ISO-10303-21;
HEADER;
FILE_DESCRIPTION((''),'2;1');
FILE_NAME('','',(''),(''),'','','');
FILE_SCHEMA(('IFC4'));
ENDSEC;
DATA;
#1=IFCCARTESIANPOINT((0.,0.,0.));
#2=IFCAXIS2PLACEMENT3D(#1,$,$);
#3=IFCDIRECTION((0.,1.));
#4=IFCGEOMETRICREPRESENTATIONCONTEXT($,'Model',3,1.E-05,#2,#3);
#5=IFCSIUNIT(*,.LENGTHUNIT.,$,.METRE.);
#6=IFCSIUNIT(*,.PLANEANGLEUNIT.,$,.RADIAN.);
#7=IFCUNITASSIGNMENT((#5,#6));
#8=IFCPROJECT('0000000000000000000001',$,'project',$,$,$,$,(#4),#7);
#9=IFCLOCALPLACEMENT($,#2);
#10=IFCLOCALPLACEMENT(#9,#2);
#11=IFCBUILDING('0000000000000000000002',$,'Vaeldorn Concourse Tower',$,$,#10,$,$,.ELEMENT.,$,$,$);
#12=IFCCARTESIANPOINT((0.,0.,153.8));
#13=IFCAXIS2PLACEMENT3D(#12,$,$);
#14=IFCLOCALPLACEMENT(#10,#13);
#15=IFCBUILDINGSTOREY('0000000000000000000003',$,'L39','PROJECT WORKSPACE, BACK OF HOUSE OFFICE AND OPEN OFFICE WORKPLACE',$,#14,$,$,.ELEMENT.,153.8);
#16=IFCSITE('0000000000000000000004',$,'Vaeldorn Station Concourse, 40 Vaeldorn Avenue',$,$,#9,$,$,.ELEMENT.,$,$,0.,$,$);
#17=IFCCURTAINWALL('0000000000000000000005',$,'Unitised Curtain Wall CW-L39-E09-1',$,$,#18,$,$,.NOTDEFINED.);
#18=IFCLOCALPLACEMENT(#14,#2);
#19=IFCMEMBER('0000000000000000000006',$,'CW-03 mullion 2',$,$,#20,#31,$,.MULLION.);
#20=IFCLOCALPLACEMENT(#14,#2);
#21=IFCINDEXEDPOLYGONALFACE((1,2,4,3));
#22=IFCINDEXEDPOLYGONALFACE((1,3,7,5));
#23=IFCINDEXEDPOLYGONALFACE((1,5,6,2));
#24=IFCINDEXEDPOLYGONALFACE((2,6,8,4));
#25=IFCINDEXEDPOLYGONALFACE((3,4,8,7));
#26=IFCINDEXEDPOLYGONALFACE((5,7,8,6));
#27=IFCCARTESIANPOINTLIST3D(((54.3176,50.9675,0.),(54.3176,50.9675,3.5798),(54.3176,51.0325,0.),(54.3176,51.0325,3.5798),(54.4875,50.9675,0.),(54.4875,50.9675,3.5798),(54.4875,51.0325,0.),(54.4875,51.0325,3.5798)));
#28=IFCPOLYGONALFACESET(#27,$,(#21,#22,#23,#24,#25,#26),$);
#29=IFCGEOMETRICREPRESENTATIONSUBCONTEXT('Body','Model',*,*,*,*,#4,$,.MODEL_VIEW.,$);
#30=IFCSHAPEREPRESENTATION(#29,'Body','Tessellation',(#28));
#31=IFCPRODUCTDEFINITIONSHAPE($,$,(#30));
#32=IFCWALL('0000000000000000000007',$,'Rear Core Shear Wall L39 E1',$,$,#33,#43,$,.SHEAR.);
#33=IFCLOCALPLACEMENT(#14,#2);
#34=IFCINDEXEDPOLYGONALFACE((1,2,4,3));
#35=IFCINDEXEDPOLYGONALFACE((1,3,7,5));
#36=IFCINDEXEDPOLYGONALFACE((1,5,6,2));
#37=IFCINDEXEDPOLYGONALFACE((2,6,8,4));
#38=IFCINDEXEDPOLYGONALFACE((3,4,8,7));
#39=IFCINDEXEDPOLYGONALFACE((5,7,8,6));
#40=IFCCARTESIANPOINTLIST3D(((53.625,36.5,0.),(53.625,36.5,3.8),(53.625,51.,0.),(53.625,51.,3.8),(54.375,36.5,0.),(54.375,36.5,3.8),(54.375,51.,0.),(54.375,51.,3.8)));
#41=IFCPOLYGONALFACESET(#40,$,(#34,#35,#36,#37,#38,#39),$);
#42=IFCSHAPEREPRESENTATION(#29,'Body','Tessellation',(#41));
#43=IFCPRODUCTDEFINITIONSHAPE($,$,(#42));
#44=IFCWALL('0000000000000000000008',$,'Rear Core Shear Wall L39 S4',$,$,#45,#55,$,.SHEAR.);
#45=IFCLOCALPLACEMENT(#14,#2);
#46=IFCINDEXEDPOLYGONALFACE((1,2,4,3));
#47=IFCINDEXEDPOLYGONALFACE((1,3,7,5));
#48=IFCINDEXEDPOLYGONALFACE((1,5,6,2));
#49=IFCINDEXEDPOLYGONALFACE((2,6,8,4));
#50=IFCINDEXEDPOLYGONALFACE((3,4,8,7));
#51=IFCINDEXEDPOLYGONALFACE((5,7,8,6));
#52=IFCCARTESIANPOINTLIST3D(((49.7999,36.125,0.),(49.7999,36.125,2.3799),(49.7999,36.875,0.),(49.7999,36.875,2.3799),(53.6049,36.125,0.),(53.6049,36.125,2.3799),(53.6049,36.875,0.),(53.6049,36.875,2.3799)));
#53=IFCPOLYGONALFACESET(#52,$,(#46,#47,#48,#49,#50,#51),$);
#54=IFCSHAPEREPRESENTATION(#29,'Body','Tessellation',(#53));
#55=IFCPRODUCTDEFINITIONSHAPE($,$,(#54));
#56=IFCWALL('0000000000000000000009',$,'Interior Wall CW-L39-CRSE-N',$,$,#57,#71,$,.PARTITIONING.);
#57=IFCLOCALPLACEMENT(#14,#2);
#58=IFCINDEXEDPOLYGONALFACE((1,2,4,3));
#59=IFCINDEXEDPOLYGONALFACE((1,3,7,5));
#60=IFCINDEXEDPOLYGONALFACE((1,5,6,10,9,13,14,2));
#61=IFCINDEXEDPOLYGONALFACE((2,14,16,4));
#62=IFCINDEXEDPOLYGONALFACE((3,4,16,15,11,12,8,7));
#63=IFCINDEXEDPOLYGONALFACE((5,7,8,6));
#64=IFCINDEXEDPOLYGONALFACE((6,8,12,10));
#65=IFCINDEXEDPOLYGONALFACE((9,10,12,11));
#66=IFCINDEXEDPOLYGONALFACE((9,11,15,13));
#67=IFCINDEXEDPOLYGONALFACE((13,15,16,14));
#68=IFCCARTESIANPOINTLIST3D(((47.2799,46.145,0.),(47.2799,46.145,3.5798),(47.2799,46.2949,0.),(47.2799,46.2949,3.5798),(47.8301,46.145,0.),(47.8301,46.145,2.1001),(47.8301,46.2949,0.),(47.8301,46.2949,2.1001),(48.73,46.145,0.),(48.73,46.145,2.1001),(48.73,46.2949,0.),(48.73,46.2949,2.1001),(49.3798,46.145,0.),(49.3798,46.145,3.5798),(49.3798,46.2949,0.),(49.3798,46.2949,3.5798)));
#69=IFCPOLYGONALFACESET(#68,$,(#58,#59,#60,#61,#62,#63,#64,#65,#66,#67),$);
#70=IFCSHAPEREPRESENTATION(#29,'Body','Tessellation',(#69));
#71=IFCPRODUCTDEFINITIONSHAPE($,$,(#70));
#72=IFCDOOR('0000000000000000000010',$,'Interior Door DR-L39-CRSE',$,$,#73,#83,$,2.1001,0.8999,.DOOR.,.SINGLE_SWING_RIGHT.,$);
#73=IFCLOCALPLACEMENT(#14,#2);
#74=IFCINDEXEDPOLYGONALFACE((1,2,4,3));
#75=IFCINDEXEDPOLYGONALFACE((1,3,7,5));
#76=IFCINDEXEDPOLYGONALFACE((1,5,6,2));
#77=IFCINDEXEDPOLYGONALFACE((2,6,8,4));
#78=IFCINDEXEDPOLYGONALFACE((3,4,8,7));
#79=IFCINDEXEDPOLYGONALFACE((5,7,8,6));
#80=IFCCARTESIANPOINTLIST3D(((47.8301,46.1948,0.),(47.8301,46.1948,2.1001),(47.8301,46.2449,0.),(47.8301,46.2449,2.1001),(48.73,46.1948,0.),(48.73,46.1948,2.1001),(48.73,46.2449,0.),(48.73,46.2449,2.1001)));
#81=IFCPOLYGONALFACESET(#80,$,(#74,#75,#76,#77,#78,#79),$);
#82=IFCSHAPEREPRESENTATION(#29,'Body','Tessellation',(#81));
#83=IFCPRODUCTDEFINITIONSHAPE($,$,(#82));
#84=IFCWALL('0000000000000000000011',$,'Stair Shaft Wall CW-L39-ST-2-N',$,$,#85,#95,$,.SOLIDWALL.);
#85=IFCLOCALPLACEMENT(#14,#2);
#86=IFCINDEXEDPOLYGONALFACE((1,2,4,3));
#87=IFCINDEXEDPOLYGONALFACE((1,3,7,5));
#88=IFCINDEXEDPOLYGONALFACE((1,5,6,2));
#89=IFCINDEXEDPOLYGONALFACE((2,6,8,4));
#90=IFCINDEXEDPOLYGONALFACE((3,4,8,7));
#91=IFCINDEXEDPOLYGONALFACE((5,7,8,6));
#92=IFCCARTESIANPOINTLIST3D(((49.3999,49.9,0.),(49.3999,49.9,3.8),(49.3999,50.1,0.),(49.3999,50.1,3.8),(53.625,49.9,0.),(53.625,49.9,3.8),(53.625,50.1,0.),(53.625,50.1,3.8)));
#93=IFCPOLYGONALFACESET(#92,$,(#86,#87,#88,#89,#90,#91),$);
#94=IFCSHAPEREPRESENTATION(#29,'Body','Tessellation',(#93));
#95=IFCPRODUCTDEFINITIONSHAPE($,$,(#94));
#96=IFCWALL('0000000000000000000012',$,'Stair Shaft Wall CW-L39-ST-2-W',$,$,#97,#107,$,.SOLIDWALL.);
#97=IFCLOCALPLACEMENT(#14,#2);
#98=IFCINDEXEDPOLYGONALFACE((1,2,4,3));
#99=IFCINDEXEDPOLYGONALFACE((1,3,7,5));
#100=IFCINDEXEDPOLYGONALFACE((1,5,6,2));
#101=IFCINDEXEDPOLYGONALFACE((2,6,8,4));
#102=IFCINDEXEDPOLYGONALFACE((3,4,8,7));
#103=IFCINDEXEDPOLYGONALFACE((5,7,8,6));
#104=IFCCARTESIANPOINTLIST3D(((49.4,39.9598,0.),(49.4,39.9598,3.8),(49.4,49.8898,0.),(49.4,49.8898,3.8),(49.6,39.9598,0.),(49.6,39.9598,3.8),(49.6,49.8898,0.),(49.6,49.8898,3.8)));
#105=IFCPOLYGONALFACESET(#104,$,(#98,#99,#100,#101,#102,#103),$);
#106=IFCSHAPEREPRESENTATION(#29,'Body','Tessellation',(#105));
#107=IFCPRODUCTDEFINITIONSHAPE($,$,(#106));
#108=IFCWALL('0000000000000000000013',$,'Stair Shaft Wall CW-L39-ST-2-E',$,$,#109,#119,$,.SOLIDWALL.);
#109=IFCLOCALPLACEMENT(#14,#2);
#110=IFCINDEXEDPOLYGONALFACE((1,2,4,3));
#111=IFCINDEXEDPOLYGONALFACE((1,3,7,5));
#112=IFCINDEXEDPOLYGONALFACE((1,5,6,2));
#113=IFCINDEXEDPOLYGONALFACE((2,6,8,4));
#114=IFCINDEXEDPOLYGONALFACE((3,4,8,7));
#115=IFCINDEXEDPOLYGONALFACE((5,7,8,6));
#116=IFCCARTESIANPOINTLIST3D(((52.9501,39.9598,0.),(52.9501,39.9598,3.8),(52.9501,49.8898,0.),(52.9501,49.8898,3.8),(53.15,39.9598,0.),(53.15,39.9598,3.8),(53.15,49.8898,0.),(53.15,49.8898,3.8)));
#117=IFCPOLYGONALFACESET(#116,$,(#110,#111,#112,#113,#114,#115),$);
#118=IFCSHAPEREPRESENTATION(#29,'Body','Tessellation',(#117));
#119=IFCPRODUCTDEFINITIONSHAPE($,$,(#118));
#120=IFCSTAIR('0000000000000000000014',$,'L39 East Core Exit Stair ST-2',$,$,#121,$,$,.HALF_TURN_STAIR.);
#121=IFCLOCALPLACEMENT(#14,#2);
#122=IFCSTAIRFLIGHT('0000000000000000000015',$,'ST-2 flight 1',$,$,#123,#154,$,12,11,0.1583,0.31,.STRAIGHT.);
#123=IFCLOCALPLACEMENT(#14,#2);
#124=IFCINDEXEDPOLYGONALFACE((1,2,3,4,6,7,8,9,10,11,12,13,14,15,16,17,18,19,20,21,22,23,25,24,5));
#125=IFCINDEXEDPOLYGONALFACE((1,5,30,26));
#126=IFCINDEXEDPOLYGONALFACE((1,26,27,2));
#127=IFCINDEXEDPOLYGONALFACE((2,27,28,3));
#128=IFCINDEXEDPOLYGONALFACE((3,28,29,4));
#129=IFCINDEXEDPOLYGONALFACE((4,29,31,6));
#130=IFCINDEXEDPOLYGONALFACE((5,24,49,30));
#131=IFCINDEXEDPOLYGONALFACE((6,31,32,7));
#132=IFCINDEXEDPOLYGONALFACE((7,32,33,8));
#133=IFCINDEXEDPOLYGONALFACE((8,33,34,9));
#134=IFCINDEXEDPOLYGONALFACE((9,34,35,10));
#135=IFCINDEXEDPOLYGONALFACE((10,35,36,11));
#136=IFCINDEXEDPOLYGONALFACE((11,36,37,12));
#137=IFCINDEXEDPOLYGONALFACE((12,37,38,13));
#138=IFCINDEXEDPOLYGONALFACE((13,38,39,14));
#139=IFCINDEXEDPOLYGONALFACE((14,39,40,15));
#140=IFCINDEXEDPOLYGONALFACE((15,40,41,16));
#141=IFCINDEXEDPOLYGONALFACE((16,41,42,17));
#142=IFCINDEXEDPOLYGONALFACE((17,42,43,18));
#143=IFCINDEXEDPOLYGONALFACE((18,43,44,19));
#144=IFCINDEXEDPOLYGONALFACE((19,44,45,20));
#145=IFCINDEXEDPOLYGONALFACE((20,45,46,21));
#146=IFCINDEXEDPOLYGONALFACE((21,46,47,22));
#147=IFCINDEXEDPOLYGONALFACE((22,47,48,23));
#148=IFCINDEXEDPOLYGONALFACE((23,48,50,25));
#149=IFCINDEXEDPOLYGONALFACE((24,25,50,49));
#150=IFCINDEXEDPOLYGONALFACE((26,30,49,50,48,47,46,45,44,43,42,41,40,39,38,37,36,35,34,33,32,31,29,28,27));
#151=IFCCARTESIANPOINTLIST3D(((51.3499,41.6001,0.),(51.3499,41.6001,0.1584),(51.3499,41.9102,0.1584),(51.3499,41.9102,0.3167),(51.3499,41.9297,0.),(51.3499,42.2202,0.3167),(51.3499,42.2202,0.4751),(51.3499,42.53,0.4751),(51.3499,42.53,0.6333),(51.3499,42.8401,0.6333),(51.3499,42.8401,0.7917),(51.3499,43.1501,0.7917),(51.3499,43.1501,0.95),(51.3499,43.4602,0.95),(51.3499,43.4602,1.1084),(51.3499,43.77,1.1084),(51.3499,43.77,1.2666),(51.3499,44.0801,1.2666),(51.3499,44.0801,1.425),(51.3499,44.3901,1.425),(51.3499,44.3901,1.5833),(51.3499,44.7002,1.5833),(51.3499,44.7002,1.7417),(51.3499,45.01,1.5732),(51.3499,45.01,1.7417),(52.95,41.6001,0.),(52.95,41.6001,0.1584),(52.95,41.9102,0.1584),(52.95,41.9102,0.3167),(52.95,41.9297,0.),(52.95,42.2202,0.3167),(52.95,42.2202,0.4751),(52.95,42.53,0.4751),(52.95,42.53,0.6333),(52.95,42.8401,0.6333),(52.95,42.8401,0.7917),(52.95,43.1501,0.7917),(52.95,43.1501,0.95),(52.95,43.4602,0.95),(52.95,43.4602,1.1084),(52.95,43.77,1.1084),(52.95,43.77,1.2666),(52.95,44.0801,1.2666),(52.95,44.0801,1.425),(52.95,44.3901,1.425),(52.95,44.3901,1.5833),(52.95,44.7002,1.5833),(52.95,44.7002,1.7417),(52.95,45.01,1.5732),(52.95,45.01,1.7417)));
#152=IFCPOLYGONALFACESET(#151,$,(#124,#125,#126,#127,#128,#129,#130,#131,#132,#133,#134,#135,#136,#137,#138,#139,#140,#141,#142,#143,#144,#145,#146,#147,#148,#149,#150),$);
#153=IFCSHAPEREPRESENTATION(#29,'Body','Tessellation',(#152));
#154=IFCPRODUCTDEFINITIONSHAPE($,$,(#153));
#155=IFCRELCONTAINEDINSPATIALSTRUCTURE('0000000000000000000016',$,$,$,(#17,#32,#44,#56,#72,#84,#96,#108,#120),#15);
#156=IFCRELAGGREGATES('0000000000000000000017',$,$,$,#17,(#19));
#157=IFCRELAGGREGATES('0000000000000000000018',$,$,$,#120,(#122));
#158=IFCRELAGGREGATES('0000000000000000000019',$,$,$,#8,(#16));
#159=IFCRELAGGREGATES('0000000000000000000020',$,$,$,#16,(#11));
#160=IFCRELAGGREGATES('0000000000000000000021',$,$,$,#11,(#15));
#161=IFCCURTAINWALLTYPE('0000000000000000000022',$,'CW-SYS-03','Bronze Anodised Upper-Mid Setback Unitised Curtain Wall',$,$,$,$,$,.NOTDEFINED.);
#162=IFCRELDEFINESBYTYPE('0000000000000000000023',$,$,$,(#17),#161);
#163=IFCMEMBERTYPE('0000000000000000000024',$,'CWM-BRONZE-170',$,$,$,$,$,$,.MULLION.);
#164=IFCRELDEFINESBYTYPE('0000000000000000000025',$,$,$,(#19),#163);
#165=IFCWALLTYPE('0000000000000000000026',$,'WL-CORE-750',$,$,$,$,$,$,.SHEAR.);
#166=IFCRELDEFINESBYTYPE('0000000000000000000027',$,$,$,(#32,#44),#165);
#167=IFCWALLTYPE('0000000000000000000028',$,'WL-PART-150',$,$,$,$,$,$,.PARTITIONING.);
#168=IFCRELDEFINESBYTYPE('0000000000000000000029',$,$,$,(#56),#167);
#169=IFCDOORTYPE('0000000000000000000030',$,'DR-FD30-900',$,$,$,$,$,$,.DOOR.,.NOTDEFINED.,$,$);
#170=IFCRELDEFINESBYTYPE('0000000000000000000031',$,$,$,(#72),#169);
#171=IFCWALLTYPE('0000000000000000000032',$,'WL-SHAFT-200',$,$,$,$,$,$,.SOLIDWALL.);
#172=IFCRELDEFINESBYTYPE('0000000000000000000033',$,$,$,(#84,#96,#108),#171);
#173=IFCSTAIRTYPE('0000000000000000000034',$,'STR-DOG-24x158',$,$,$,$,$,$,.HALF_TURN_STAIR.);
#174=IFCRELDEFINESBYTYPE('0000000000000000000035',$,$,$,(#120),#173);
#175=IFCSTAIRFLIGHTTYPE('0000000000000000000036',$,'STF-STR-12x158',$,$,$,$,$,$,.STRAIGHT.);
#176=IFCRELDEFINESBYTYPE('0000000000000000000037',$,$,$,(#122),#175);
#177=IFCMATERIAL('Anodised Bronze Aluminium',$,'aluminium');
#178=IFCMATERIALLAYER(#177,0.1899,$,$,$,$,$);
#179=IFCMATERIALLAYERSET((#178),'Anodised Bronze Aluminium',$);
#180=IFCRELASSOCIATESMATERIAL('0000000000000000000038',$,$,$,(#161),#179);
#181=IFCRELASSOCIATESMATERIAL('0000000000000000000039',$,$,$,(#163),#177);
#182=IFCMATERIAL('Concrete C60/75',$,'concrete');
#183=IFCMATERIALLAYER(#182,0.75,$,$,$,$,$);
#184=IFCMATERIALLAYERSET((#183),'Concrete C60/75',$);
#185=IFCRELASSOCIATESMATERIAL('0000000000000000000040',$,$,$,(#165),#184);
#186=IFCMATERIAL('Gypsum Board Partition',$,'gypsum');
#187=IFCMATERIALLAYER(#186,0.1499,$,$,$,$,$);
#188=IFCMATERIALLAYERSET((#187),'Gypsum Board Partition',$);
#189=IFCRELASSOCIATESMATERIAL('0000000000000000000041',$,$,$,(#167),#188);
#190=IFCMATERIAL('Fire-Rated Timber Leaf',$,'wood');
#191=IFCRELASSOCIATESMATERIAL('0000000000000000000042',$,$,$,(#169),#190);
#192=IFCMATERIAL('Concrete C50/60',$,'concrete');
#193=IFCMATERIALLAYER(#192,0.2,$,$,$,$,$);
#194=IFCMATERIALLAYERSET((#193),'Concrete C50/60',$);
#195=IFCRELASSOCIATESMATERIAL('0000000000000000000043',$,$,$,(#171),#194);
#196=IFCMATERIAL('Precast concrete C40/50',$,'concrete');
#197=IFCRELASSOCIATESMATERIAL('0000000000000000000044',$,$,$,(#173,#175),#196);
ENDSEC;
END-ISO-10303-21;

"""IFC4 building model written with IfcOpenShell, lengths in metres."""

from ifc_helpers import new_model, si_unit, direction, frame, frame_2d, origin, origin_2d, place, context, subcontext, project, spatial, polyline, rectangle, outline, extrude, source, transform, mapped, material, layer, layer_set, material_profile, profile_set, type_object, element, fill, aggregate, save


model = new_model("IFC4")

# Units and contexts
model_context = context("Model", 3, precision=1e-05, world=origin(), true_north=direction((0.0, 1.0)))
body_context = subcontext(model_context, "Body", "Model", "MODEL_VIEW")
ifc_project = project(units=[si_unit("LENGTHUNIT", "METRE"), si_unit("PLANEANGLEUNIT", "RADIAN")], contexts=[model_context])

# Site, building, storey
site_placement = place(None, origin())
site = spatial("IfcSite", under=ifc_project, at=site_placement, Name="Vaeldorn Station Concourse, 40 Vaeldorn Avenue", CompositionType="ELEMENT", RefElevation=0.0)
building_placement = place(site_placement, origin())
building = spatial("IfcBuilding", under=site, at=building_placement, Name="Vaeldorn Concourse Tower", CompositionType="ELEMENT")
storey_placement = place(building_placement, frame((0.0, 0.0, 153.8)))
storey = spatial("IfcBuildingStorey", under=building, at=storey_placement, Name="L39", Description="PROJECT WORKSPACE, BACK OF HOUSE OFFICE AND OPEN OFFICE WORKPLACE", CompositionType="ELEMENT", Elevation=153.8)

# Shared definitions
ifc_material_1 = material(Name="Concrete C50/60", Category="concrete")

# Curtain wall, member
ifc_material_2 = material(Name="Anodised Bronze Aluminium", Category="aluminium")
ifc_layer_1 = layer(ifc_material_2, 0.1899)
ifc_layer_set_1 = layer_set([ifc_layer_1], Name="Anodised Bronze Aluminium")
curtain_wall_type = type_object("IfcCurtainWallType", Name="CW-SYS-03", Description="Bronze Anodised Upper-Mid Setback Unitised Curtain Wall", PredefinedType="NOTDEFINED", material=ifc_layer_set_1)
curtain_wall_placement = place(storey_placement, origin())
curtain_wall = element("IfcCurtainWall", 1, at=curtain_wall_placement, inside=storey, type_object=curtain_wall_type, Name="Unitised Curtain Wall CW-L39-E09-1", PredefinedType="NOTDEFINED")
ifc_material_profile_1 = material_profile(ifc_material_2, rectangle(XDim=0.0649, YDim=0.1699, at=origin_2d()), Name="CWM 65x170")
ifc_profile_set_1 = profile_set([ifc_material_profile_1], Name="Anodised Bronze Aluminium")
member_type = type_object("IfcMemberType", Name="CWM-BRONZE-170", PredefinedType="MULLION", material=ifc_profile_set_1)
shared_shape_1 = source(origin(), body_context, "Body", "SweptSolid", [
    extrude(rectangle(XDim=0.0649, YDim=0.1699, at=origin_2d()), origin(), (0.0, 0.0, 1.0), 3.5798),
])
member_placement = place(storey_placement, frame((54.4026, 51.0, 0.0), z_axis=(0.0, 0.0, 1.0), x_axis=(0.0, -1.0, 0.0)))
member = element("IfcMember", 2, at=member_placement, type_object=member_type, Name="CW-03 mullion 2", PredefinedType="MULLION", context=body_context, shape_type="MappedRepresentation", body=[
    mapped(shared_shape_1, transform((0.0, 0.0, 0.0), scale=1.0)),
])
aggregate(curtain_wall, [member])

# Walls
ifc_material_3 = material(Name="Concrete C60/75", Category="concrete")
ifc_layer_2 = layer(ifc_material_3, 0.75)
ifc_layer_set_2 = layer_set([ifc_layer_2], Name="Concrete C60/75")
wall_type_1 = type_object("IfcWallType", Name="WL-CORE-750", PredefinedType="SHEAR", material=ifc_layer_set_2)
wall_1_placement = place(storey_placement, frame((54.0, 36.5, 0.0), z_axis=(0.0, 0.0, 1.0), x_axis=(0.0, 1.0, 0.0)))
element("IfcWall", 3, at=wall_1_placement, inside=storey, type_object=wall_type_1, Name="Rear Core Shear Wall L39 E1", PredefinedType="SHEAR", context=body_context, shape_type="SweptSolid", body=[
    extrude(rectangle(XDim=14.5, YDim=0.75, at=frame_2d((7.25, 0.0))), origin(), (0.0, 0.0, 1.0), 3.8),
])
wall_2_placement = place(storey_placement, frame((49.8, 36.5, 0.0), z_axis=(0.0, 0.0, 1.0), x_axis=(1.0, 0.0, 0.0)))
element("IfcWall", 4, at=wall_2_placement, inside=storey, type_object=wall_type_1, Name="Rear Core Shear Wall L39 S4", PredefinedType="SHEAR", context=body_context, shape_type="SweptSolid", body=[
    extrude(rectangle(XDim=3.8049, YDim=0.75, at=frame_2d((1.9023, 0.0))), origin(), (0.0, 0.0, 1.0), 2.3799),
])

# Wall, opening, door
ifc_material_4 = material(Name="Gypsum Board Partition", Category="gypsum")
ifc_layer_3 = layer(ifc_material_4, 0.1499)
ifc_layer_set_3 = layer_set([ifc_layer_3], Name="Gypsum Board Partition")
wall_type_2 = type_object("IfcWallType", Name="WL-PART-150", PredefinedType="PARTITIONING", material=ifc_layer_set_3)
wall_3_placement = place(storey_placement, frame((47.28, 46.22, 0.0), z_axis=(0.0, 0.0, 1.0), x_axis=(1.0, 0.0, 0.0)))
wall_3 = element("IfcWall", 5, at=wall_3_placement, inside=storey, type_object=wall_type_2, Name="Interior Wall CW-L39-CRSE-N", PredefinedType="PARTITIONING", context=body_context, shape_type="SweptSolid", body=[
    extrude(rectangle(XDim=2.0999, YDim=0.1499, at=frame_2d((1.0498, 0.0))), origin(), (0.0, 0.0, 1.0), 3.5798),
])
opening_1_placement = place(wall_3_placement, frame((0.55, 0.0, 0.0)))
opening_1 = element("IfcOpeningElement", 6, at=opening_1_placement, cuts=wall_3, PredefinedType="OPENING", context=body_context, shape_type="SweptSolid", body=[
    extrude(rectangle(XDim=0.8999, YDim=2.1001, at=frame_2d((0.45, 1.05))), frame((0.0, 0.085, 0.0), z_axis=(0.0, -1.0, 0.0), x_axis=(1.0, 0.0, 0.0)), (0.0, 0.0, 1.0), 0.1699),
])
ifc_material_5 = material(Name="Fire-Rated Timber Leaf", Category="wood")
door_type_1 = type_object("IfcDoorType", Name="DR-FD30-900", OperationType="NOTDEFINED", PredefinedType="DOOR", material=ifc_material_5)
shared_shape_2 = source(origin(), body_context, "Body", "SweptSolid", [
    extrude(rectangle(XDim=0.8999, YDim=2.1001, at=frame_2d((0.45, 1.05))), frame((0.0, 0.0249, 0.0), z_axis=(0.0, -1.0, 0.0), x_axis=(1.0, 0.0, 0.0)), (0.0, 0.0, 1.0), 0.05),
])
door_1_placement = place(opening_1_placement, origin())
door_1 = element("IfcDoor", 7, at=door_1_placement, inside=storey, type_object=door_type_1, Name="Interior Door DR-L39-CRSE", OperationType="SINGLE_SWING_RIGHT", OverallHeight=2.1001, OverallWidth=0.8999, PredefinedType="DOOR", context=body_context, shape_type="MappedRepresentation", body=[
    mapped(shared_shape_2, transform((0.0, 0.0, 0.0), scale=1.0)),
])
fill(opening_1, door_1)
ifc_layer_4 = layer(ifc_material_1, 0.2)
ifc_layer_set_4 = layer_set([ifc_layer_4], Name="Concrete C50/60")
wall_type_3 = type_object("IfcWallType", Name="WL-SHAFT-200", PredefinedType="SOLIDWALL", material=ifc_layer_set_4)

# Walls
wall_4_placement = place(storey_placement, frame((49.3999, 50.0, 0.0), z_axis=(0.0, 0.0, 1.0), x_axis=(1.0, 0.0, 0.0)))
element("IfcWall", 8, at=wall_4_placement, inside=storey, type_object=wall_type_3, Name="Stair Shaft Wall CW-L39-ST-2-N", PredefinedType="SOLIDWALL", context=body_context, shape_type="SweptSolid", body=[
    extrude(rectangle(XDim=4.2251, YDim=0.2, at=frame_2d((2.1125, 0.0))), origin(), (0.0, 0.0, 1.0), 3.8),
])
for number, where, z_axis, x_axis, name in (
    (9, (49.5, 39.96, 0.0), (0.0, 0.0, 1.0), (0.0, 1.0, 0.0), "Stair Shaft Wall CW-L39-ST-2-W"),
    (10, (53.05, 39.96, 0.0), (0.0, 0.0, 1.0), (0.0, 1.0, 0.0), "Stair Shaft Wall CW-L39-ST-2-E"),
):
    element("IfcWall", number, at=place(storey_placement, frame(where, z_axis=z_axis, x_axis=x_axis)), inside=storey, type_object=wall_type_3, Name=name, PredefinedType="SOLIDWALL", context=body_context, shape_type="SweptSolid", body=[
        extrude(rectangle(XDim=9.9299, YDim=0.2, at=frame_2d((4.9648, 0.0))), origin(), (0.0, 0.0, 1.0), 3.8),
    ])

# Stair, stair flight
ifc_material_6 = material(Name="Precast concrete C40/50", Category="concrete")
stair_type = type_object("IfcStairType", Name="STR-DOG-24x158", PredefinedType="HALF_TURN_STAIR", material=ifc_material_6)
stair_placement = place(storey_placement, origin())
stair = element("IfcStair", 11, at=stair_placement, inside=storey, type_object=stair_type, Name="L39 East Core Exit Stair ST-2", PredefinedType="HALF_TURN_STAIR")
stair_flight_type = type_object("IfcStairFlightType", Name="STF-STR-12x158", PredefinedType="STRAIGHT", material=ifc_material_6)
stair_flight_1_placement = place(storey_placement, frame((52.1499, 41.6001, 0.0), z_axis=(0.0, 0.0, 1.0), x_axis=(0.0, 1.0, 0.0)))
stair_flight_1 = element("IfcStairFlight", 12, at=stair_flight_1_placement, type_object=stair_flight_type, Name="ST-2 flight 1", NumberOfRisers=12, NumberOfTreads=11, PredefinedType="STRAIGHT", RiserHeight=0.1583, TreadLength=0.31, context=body_context, shape_type="SweptSolid", body=[
    extrude(outline(polyline([(0.0, 0.0), (0.0, 0.1584), (0.3101, 0.1584), (0.3101, 0.3167), (0.6201, 0.3167), (0.6201, 0.4751), (0.9299, 0.4751), (0.9299, 0.6333), (1.24, 0.6333), (1.24, 0.7917), (1.55, 0.7917), (1.55, 0.95), (1.8601, 0.95), (1.8601, 1.1084), (2.1699, 1.1084), (2.1699, 1.2666), (2.48, 1.2666), (2.48, 1.425), (2.79, 1.425), (2.79, 1.5833), (3.1001, 1.5833), (3.1001, 1.7417), (3.4099, 1.7417), (3.4099, 1.8999), (3.4099, 1.5732), (0.3296, 0.0), (0.0, 0.0)])), frame((0.0, 0.8, 0.0), z_axis=(0.0, -1.0, 0.0), x_axis=(1.0, 0.0, 0.0)), (0.0, 0.0, 1.0), 1.6001),
])
aggregate(stair, [stair_flight_1])

save(model, "model.ifc")
